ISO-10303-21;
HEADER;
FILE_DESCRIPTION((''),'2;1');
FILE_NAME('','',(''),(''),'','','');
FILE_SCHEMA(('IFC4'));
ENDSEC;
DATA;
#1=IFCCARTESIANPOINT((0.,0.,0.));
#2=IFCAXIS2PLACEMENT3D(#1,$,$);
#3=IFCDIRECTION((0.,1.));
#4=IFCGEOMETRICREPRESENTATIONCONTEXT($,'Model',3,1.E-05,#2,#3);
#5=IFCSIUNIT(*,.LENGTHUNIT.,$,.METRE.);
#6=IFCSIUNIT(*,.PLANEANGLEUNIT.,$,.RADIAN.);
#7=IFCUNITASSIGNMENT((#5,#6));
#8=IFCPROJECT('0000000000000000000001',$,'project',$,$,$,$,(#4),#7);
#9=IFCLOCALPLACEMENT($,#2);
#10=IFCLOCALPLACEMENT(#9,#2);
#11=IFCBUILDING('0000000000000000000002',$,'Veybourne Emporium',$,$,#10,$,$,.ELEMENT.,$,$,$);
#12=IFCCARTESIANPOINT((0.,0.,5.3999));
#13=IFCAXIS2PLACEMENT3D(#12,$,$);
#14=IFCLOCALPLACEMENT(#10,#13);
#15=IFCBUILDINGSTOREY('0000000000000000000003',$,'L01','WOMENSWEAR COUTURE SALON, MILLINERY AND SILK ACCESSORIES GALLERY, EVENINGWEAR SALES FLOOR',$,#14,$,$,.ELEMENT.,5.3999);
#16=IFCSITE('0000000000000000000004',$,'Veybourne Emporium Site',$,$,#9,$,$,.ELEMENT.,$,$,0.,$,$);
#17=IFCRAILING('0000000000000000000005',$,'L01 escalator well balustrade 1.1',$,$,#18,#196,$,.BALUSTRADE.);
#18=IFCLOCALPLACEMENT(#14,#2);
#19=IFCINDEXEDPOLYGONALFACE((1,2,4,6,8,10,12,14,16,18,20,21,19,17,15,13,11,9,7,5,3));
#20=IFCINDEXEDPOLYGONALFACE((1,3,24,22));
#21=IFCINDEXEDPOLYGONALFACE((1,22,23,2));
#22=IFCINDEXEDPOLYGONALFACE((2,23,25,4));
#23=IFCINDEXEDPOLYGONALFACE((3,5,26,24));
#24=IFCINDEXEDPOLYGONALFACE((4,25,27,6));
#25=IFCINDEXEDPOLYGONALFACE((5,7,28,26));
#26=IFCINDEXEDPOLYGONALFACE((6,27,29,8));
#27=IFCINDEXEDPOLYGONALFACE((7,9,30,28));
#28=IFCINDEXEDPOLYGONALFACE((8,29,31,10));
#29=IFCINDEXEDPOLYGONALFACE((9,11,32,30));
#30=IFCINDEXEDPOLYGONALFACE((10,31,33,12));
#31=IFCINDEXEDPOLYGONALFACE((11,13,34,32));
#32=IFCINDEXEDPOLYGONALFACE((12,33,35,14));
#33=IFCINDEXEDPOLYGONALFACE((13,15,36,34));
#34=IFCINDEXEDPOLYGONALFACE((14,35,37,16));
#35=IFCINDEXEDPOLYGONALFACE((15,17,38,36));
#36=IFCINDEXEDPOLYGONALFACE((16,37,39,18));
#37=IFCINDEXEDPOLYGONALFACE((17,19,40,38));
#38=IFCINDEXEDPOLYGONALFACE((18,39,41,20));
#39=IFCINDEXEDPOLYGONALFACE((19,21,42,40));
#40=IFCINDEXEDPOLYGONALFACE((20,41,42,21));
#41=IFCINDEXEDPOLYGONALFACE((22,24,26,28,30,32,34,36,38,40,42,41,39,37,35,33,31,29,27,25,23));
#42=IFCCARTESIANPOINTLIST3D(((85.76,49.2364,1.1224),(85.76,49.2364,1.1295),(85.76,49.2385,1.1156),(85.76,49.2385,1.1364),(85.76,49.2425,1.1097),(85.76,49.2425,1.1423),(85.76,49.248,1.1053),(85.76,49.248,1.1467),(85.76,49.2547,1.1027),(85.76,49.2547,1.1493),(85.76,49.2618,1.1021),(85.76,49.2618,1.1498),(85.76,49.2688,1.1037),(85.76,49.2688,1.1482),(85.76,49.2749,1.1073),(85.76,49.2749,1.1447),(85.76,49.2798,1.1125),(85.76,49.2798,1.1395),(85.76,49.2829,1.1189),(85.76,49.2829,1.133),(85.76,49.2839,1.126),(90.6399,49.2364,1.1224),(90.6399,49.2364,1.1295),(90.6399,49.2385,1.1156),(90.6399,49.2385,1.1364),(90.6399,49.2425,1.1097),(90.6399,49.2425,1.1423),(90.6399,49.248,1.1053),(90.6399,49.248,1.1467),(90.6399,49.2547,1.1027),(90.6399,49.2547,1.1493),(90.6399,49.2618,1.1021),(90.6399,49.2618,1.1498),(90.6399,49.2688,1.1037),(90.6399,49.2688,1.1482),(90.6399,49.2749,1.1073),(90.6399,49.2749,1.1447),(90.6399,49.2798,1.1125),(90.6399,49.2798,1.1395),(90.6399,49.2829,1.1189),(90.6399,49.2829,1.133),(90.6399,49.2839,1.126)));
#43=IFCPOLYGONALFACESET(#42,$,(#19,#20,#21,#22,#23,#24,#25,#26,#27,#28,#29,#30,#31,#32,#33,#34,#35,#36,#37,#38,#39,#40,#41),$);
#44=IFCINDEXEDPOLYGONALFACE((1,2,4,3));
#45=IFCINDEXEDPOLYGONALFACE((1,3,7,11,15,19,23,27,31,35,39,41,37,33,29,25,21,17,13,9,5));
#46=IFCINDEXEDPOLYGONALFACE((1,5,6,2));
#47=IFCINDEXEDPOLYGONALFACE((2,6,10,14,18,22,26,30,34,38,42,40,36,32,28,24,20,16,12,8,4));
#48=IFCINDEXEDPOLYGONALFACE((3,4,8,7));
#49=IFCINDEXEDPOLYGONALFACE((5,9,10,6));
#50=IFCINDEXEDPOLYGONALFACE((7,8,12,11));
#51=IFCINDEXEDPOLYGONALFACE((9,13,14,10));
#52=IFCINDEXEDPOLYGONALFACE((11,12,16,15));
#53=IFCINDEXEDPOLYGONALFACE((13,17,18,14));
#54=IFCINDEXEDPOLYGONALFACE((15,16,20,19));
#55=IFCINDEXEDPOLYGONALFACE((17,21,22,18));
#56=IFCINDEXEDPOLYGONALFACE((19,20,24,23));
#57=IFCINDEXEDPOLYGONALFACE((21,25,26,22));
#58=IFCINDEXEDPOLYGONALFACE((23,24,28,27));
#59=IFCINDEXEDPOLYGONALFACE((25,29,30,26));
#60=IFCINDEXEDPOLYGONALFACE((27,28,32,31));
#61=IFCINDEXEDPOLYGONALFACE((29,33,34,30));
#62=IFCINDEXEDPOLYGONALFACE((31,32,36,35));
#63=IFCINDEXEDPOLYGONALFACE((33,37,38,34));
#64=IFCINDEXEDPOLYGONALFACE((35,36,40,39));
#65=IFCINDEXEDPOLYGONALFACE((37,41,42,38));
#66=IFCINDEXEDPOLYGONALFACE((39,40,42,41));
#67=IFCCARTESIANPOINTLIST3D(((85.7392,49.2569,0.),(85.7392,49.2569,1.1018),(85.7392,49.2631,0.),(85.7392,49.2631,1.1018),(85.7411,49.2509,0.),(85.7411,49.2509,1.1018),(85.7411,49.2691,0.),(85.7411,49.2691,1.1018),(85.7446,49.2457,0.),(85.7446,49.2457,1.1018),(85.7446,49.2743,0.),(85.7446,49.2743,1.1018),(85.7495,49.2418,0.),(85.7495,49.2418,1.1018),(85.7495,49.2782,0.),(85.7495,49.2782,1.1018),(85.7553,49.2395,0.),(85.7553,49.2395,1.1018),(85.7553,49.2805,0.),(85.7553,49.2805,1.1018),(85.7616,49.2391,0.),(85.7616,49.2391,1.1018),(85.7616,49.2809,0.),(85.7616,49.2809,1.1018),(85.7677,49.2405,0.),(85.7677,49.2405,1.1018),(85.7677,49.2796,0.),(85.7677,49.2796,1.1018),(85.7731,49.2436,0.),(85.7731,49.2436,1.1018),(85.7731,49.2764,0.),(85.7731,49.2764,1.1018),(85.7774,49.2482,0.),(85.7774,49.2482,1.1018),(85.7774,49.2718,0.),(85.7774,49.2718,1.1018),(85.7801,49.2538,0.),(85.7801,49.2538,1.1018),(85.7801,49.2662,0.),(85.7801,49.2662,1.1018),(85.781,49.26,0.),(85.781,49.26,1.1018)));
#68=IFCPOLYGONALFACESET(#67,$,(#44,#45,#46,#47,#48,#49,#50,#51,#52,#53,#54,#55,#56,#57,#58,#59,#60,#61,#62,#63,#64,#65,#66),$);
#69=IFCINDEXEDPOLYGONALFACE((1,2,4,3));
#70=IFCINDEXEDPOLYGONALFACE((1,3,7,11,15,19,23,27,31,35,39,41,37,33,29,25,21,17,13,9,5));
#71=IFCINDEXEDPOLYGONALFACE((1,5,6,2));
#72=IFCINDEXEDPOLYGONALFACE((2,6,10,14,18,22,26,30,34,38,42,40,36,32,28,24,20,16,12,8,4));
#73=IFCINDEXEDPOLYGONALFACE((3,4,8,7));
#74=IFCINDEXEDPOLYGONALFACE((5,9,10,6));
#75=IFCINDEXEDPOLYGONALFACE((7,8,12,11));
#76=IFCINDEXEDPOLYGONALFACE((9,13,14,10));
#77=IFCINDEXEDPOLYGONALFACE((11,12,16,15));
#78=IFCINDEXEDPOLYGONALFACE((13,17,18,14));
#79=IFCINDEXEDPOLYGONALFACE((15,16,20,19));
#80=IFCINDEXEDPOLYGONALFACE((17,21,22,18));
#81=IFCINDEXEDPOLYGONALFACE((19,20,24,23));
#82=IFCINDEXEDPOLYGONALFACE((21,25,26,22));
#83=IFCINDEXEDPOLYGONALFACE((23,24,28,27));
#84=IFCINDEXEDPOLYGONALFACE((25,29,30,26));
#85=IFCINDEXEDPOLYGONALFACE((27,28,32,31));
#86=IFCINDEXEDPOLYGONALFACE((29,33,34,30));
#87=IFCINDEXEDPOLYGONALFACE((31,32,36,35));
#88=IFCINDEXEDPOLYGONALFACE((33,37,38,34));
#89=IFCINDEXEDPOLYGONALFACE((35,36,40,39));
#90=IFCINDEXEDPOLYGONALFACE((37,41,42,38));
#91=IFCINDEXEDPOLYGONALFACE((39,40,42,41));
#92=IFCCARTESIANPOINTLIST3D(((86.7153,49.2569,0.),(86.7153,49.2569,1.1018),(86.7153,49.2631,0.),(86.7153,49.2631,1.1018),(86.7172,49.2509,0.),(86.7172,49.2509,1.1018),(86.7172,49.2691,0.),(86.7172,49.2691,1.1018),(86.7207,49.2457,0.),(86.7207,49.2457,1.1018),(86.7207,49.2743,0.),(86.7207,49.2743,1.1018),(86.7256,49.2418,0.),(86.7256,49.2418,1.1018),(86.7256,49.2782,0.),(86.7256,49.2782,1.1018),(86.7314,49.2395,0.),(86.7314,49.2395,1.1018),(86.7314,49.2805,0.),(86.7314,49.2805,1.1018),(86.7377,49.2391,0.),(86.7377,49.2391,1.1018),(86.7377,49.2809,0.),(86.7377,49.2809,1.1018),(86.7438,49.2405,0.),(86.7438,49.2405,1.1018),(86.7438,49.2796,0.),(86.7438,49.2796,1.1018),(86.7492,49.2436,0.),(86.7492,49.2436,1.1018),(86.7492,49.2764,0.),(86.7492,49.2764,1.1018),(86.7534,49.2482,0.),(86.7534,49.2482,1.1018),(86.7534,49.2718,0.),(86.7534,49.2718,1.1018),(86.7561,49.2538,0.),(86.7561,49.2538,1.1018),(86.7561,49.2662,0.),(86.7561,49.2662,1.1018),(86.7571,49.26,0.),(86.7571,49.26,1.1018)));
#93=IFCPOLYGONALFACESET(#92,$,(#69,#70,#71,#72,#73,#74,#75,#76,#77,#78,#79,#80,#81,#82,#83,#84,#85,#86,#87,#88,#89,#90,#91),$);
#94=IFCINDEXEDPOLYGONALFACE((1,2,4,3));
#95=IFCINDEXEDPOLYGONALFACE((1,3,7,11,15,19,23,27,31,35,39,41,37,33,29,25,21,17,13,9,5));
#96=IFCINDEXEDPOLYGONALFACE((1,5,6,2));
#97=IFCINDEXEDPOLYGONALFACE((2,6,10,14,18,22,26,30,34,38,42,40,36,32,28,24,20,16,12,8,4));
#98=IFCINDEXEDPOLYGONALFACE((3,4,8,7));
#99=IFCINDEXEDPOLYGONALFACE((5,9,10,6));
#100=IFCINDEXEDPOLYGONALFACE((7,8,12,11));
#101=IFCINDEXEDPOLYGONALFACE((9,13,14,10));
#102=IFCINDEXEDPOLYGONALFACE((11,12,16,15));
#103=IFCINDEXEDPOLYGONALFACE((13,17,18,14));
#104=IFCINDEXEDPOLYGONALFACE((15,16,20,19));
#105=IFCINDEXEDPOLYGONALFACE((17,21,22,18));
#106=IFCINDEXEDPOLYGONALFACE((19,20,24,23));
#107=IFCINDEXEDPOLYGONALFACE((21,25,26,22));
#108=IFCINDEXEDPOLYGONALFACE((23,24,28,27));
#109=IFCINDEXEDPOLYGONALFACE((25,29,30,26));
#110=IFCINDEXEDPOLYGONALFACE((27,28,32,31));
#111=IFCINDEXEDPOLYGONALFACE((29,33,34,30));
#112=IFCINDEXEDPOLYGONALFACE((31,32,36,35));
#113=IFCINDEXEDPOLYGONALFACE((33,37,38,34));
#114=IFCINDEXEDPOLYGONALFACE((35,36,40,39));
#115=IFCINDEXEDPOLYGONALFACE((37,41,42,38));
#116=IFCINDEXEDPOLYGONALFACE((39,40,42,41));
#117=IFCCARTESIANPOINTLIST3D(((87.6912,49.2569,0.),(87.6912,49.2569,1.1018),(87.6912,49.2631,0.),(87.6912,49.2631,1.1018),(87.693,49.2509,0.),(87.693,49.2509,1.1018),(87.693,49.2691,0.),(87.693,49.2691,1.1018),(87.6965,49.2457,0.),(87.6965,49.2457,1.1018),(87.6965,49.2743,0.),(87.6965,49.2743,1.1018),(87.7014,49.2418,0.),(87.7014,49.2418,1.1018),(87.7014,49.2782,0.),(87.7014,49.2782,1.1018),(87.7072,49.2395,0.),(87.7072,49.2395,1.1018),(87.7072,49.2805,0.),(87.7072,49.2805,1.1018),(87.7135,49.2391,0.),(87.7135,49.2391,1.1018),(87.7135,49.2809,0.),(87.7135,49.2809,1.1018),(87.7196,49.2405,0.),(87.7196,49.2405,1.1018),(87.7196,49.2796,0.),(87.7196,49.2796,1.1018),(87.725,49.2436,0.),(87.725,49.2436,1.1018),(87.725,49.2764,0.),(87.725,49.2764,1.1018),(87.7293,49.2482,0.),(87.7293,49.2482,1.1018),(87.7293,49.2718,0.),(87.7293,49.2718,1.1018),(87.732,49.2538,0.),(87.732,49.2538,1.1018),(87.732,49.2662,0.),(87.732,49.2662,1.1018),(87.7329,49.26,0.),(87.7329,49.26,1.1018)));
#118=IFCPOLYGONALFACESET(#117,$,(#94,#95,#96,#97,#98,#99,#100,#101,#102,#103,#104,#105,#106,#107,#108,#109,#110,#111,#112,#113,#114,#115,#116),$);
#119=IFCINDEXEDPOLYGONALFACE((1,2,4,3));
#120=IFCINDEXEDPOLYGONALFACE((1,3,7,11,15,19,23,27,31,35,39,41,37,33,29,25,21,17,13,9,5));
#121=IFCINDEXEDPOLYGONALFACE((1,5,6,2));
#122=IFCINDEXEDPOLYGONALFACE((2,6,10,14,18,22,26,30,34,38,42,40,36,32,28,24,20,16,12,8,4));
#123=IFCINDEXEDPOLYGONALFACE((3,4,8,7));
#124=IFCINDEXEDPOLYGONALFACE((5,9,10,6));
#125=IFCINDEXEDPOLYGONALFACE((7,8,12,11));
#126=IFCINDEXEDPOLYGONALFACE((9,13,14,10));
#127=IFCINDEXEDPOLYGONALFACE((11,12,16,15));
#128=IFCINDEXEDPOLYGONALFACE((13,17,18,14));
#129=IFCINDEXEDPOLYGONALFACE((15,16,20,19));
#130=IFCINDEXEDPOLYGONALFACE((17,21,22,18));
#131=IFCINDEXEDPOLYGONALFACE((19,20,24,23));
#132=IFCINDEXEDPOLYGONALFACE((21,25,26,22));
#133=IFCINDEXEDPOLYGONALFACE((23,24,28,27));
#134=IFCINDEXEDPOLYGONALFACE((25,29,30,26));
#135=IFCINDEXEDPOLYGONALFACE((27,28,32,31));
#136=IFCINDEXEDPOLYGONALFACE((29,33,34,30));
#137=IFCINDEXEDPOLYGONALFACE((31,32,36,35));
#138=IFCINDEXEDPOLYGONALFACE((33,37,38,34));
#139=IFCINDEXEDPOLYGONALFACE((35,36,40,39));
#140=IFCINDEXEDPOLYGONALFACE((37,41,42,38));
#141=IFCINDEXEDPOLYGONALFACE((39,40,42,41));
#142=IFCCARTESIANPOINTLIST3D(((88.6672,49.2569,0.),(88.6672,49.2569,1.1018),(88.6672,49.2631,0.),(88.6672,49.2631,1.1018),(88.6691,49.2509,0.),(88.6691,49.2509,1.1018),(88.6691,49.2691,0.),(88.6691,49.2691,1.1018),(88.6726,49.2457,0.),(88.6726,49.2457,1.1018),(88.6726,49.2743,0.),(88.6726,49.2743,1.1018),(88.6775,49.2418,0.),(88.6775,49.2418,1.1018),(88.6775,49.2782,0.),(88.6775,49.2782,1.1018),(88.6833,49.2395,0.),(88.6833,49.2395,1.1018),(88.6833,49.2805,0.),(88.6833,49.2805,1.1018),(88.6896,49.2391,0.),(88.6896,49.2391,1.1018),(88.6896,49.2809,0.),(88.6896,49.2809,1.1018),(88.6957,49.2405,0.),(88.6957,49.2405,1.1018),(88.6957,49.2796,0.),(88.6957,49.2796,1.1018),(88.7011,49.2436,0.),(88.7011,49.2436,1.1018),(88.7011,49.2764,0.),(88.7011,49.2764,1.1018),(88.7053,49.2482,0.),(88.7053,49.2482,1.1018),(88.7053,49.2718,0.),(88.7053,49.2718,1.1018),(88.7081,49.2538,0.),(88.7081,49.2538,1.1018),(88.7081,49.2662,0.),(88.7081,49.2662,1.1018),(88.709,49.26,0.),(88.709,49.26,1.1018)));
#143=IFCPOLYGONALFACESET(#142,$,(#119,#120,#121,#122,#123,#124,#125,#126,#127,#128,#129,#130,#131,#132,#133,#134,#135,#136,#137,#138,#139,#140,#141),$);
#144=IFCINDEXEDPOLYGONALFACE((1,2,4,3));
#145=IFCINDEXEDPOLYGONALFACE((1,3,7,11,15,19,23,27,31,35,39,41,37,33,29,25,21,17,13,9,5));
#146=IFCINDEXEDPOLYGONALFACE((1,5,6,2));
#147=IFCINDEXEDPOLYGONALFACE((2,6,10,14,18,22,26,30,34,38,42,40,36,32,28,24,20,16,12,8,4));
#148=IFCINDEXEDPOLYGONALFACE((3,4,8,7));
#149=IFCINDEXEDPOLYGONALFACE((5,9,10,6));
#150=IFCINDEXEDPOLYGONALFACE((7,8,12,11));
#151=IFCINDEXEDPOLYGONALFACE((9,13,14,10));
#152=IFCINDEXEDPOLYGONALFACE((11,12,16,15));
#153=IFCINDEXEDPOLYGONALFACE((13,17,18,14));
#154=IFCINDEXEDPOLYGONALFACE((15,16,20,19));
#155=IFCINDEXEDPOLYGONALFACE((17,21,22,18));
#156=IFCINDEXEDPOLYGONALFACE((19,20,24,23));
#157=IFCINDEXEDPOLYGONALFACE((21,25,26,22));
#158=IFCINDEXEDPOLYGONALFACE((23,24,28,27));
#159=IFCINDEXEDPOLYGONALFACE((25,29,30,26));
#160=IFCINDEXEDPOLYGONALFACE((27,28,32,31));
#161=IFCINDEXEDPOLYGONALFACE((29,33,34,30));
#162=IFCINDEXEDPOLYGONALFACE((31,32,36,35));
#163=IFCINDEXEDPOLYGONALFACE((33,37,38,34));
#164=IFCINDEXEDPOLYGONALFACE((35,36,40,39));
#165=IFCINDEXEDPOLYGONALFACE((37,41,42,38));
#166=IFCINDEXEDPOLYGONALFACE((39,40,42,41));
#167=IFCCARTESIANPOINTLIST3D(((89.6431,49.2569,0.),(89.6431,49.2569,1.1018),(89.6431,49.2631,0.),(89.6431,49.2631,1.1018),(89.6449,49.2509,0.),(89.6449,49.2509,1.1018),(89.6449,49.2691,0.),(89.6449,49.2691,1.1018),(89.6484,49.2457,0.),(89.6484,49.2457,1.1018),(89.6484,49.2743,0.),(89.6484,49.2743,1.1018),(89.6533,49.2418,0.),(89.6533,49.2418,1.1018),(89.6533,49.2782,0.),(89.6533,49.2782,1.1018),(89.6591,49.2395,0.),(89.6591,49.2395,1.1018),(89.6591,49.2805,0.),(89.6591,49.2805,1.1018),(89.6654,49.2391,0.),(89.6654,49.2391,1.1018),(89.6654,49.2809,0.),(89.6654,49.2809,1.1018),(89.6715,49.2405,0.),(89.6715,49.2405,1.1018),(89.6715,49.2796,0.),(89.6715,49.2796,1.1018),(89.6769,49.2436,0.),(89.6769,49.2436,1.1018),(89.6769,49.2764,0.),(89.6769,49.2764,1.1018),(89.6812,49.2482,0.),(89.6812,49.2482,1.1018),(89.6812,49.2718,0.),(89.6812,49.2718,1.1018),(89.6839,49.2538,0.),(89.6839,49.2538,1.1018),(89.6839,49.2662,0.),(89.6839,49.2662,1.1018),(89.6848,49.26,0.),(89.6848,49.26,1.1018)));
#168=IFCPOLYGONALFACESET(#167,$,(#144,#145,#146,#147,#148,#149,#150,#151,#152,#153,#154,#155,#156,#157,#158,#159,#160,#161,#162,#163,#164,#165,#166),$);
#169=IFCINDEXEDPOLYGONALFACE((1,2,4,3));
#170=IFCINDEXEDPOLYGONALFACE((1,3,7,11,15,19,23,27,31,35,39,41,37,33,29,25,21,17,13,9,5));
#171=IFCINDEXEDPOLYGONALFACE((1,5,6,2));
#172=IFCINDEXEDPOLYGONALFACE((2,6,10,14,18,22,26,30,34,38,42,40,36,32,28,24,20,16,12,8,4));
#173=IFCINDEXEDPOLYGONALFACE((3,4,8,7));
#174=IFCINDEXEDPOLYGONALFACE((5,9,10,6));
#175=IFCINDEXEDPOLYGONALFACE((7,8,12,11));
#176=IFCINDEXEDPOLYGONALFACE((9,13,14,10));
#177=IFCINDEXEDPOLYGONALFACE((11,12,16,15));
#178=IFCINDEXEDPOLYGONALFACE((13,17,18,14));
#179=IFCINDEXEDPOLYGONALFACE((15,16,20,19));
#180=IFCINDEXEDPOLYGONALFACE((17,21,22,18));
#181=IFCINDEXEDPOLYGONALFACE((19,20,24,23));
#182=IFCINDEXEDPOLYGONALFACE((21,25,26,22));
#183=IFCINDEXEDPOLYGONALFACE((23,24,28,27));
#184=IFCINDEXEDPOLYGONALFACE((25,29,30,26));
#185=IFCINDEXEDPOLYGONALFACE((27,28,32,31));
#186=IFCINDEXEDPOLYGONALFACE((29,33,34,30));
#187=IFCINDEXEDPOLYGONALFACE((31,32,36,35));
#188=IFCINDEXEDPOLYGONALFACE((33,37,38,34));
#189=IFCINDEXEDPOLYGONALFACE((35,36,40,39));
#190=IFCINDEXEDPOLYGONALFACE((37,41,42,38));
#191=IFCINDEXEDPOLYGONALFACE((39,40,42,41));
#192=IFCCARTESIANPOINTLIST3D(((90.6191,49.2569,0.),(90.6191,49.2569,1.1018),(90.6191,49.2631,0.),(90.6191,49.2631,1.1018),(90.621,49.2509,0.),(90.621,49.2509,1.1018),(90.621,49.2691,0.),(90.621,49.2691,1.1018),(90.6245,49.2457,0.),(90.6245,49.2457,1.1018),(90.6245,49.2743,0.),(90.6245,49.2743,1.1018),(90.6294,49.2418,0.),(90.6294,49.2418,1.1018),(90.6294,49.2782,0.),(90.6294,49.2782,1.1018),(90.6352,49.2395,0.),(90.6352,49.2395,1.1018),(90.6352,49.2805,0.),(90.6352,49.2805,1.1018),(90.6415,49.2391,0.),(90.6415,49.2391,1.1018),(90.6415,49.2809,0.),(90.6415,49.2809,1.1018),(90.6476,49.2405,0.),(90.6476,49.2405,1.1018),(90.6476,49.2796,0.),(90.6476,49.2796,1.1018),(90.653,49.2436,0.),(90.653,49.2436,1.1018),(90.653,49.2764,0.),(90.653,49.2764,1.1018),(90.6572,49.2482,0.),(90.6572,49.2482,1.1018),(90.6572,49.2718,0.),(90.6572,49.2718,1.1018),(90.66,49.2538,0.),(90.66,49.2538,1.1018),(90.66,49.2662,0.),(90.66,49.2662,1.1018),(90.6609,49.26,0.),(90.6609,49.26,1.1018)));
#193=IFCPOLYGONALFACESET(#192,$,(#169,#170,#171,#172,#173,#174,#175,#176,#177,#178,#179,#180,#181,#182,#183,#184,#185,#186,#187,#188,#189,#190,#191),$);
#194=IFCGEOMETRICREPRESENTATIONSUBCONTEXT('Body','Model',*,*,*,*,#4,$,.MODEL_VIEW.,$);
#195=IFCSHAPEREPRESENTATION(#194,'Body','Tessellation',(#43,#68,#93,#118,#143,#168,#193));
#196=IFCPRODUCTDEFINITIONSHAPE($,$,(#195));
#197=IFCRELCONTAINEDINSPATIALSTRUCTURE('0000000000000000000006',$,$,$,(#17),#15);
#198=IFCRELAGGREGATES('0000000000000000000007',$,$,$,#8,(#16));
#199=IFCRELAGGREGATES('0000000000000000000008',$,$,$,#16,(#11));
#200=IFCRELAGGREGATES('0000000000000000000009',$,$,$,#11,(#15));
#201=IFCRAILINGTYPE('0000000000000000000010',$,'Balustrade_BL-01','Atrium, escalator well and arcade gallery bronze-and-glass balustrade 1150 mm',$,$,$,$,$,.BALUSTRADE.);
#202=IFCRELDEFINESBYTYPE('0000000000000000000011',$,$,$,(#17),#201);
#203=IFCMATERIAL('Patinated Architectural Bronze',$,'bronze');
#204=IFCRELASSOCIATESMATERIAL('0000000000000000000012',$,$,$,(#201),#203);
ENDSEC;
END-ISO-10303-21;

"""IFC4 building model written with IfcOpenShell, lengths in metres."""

from ifc_helpers import new_model, si_unit, direction, frame, origin, origin_2d, place, context, subcontext, project, spatial, circle, extrude, material, type_object, element, save


model = new_model("IFC4")

# Units and contexts
model_context = context("Model", 3, precision=1e-05, world=origin(), true_north=direction((0.0, 1.0)))
body_context = subcontext(model_context, "Body", "Model", "MODEL_VIEW")
ifc_project = project(units=[si_unit("LENGTHUNIT", "METRE"), si_unit("PLANEANGLEUNIT", "RADIAN")], contexts=[model_context])

# Site, building, storey
site_placement = place(None, origin())
site = spatial("IfcSite", under=ifc_project, at=site_placement, Name="Veybourne Emporium Site", CompositionType="ELEMENT", RefElevation=0.0)
building_placement = place(site_placement, origin())
building = spatial("IfcBuilding", under=site, at=building_placement, Name="Veybourne Emporium", CompositionType="ELEMENT")
storey_placement = place(building_placement, frame((0.0, 0.0, 5.3999)))
storey = spatial("IfcBuildingStorey", under=building, at=storey_placement, Name="L01", Description="WOMENSWEAR COUTURE SALON, MILLINERY AND SILK ACCESSORIES GALLERY, EVENINGWEAR SALES FLOOR", CompositionType="ELEMENT", Elevation=5.3999)

# Railing
ifc_material_1 = material(Name="Patinated Architectural Bronze", Category="bronze")
railing_type = type_object("IfcRailingType", Name="Balustrade_BL-01", Description="Atrium, escalator well and arcade gallery bronze-and-glass balustrade 1150 mm", PredefinedType="BALUSTRADE", material=ifc_material_1)
railing_1_placement = place(storey_placement, frame((85.76, 49.26, 0.0)))
element("IfcRailing", 1, at=railing_1_placement, inside=storey, type_object=railing_type, Name="L01 escalator well balustrade 1.1", PredefinedType="BALUSTRADE", context=body_context, shape_type="SweptSolid", body=[
    extrude(circle(Radius=0.0239, at=origin_2d()), frame((0.0, 0.0, 1.126), z_axis=(1.0, 0.0, 0.0), x_axis=(0.0, 1.0, 0.0)), (0.0, 0.0, 1.0), 4.8799),
    extrude(circle(Radius=0.021, at=origin_2d()), origin(), (0.0, 0.0, 1.0), 1.1018),
    extrude(circle(Radius=0.021, at=origin_2d()), frame((0.9761, 0.0, 0.0)), (0.0, 0.0, 1.0), 1.1018),
    extrude(circle(Radius=0.021, at=origin_2d()), frame((1.9519, 0.0, 0.0)), (0.0, 0.0, 1.0), 1.1018),
    extrude(circle(Radius=0.021, at=origin_2d()), frame((2.928, 0.0, 0.0)), (0.0, 0.0, 1.0), 1.1018),
    extrude(circle(Radius=0.021, at=origin_2d()), frame((3.9038, 0.0, 0.0)), (0.0, 0.0, 1.0), 1.1018),
    extrude(circle(Radius=0.021, at=origin_2d()), frame((4.8799, 0.0, 0.0)), (0.0, 0.0, 1.0), 1.1018),
])

save(model, "model.ifc")
